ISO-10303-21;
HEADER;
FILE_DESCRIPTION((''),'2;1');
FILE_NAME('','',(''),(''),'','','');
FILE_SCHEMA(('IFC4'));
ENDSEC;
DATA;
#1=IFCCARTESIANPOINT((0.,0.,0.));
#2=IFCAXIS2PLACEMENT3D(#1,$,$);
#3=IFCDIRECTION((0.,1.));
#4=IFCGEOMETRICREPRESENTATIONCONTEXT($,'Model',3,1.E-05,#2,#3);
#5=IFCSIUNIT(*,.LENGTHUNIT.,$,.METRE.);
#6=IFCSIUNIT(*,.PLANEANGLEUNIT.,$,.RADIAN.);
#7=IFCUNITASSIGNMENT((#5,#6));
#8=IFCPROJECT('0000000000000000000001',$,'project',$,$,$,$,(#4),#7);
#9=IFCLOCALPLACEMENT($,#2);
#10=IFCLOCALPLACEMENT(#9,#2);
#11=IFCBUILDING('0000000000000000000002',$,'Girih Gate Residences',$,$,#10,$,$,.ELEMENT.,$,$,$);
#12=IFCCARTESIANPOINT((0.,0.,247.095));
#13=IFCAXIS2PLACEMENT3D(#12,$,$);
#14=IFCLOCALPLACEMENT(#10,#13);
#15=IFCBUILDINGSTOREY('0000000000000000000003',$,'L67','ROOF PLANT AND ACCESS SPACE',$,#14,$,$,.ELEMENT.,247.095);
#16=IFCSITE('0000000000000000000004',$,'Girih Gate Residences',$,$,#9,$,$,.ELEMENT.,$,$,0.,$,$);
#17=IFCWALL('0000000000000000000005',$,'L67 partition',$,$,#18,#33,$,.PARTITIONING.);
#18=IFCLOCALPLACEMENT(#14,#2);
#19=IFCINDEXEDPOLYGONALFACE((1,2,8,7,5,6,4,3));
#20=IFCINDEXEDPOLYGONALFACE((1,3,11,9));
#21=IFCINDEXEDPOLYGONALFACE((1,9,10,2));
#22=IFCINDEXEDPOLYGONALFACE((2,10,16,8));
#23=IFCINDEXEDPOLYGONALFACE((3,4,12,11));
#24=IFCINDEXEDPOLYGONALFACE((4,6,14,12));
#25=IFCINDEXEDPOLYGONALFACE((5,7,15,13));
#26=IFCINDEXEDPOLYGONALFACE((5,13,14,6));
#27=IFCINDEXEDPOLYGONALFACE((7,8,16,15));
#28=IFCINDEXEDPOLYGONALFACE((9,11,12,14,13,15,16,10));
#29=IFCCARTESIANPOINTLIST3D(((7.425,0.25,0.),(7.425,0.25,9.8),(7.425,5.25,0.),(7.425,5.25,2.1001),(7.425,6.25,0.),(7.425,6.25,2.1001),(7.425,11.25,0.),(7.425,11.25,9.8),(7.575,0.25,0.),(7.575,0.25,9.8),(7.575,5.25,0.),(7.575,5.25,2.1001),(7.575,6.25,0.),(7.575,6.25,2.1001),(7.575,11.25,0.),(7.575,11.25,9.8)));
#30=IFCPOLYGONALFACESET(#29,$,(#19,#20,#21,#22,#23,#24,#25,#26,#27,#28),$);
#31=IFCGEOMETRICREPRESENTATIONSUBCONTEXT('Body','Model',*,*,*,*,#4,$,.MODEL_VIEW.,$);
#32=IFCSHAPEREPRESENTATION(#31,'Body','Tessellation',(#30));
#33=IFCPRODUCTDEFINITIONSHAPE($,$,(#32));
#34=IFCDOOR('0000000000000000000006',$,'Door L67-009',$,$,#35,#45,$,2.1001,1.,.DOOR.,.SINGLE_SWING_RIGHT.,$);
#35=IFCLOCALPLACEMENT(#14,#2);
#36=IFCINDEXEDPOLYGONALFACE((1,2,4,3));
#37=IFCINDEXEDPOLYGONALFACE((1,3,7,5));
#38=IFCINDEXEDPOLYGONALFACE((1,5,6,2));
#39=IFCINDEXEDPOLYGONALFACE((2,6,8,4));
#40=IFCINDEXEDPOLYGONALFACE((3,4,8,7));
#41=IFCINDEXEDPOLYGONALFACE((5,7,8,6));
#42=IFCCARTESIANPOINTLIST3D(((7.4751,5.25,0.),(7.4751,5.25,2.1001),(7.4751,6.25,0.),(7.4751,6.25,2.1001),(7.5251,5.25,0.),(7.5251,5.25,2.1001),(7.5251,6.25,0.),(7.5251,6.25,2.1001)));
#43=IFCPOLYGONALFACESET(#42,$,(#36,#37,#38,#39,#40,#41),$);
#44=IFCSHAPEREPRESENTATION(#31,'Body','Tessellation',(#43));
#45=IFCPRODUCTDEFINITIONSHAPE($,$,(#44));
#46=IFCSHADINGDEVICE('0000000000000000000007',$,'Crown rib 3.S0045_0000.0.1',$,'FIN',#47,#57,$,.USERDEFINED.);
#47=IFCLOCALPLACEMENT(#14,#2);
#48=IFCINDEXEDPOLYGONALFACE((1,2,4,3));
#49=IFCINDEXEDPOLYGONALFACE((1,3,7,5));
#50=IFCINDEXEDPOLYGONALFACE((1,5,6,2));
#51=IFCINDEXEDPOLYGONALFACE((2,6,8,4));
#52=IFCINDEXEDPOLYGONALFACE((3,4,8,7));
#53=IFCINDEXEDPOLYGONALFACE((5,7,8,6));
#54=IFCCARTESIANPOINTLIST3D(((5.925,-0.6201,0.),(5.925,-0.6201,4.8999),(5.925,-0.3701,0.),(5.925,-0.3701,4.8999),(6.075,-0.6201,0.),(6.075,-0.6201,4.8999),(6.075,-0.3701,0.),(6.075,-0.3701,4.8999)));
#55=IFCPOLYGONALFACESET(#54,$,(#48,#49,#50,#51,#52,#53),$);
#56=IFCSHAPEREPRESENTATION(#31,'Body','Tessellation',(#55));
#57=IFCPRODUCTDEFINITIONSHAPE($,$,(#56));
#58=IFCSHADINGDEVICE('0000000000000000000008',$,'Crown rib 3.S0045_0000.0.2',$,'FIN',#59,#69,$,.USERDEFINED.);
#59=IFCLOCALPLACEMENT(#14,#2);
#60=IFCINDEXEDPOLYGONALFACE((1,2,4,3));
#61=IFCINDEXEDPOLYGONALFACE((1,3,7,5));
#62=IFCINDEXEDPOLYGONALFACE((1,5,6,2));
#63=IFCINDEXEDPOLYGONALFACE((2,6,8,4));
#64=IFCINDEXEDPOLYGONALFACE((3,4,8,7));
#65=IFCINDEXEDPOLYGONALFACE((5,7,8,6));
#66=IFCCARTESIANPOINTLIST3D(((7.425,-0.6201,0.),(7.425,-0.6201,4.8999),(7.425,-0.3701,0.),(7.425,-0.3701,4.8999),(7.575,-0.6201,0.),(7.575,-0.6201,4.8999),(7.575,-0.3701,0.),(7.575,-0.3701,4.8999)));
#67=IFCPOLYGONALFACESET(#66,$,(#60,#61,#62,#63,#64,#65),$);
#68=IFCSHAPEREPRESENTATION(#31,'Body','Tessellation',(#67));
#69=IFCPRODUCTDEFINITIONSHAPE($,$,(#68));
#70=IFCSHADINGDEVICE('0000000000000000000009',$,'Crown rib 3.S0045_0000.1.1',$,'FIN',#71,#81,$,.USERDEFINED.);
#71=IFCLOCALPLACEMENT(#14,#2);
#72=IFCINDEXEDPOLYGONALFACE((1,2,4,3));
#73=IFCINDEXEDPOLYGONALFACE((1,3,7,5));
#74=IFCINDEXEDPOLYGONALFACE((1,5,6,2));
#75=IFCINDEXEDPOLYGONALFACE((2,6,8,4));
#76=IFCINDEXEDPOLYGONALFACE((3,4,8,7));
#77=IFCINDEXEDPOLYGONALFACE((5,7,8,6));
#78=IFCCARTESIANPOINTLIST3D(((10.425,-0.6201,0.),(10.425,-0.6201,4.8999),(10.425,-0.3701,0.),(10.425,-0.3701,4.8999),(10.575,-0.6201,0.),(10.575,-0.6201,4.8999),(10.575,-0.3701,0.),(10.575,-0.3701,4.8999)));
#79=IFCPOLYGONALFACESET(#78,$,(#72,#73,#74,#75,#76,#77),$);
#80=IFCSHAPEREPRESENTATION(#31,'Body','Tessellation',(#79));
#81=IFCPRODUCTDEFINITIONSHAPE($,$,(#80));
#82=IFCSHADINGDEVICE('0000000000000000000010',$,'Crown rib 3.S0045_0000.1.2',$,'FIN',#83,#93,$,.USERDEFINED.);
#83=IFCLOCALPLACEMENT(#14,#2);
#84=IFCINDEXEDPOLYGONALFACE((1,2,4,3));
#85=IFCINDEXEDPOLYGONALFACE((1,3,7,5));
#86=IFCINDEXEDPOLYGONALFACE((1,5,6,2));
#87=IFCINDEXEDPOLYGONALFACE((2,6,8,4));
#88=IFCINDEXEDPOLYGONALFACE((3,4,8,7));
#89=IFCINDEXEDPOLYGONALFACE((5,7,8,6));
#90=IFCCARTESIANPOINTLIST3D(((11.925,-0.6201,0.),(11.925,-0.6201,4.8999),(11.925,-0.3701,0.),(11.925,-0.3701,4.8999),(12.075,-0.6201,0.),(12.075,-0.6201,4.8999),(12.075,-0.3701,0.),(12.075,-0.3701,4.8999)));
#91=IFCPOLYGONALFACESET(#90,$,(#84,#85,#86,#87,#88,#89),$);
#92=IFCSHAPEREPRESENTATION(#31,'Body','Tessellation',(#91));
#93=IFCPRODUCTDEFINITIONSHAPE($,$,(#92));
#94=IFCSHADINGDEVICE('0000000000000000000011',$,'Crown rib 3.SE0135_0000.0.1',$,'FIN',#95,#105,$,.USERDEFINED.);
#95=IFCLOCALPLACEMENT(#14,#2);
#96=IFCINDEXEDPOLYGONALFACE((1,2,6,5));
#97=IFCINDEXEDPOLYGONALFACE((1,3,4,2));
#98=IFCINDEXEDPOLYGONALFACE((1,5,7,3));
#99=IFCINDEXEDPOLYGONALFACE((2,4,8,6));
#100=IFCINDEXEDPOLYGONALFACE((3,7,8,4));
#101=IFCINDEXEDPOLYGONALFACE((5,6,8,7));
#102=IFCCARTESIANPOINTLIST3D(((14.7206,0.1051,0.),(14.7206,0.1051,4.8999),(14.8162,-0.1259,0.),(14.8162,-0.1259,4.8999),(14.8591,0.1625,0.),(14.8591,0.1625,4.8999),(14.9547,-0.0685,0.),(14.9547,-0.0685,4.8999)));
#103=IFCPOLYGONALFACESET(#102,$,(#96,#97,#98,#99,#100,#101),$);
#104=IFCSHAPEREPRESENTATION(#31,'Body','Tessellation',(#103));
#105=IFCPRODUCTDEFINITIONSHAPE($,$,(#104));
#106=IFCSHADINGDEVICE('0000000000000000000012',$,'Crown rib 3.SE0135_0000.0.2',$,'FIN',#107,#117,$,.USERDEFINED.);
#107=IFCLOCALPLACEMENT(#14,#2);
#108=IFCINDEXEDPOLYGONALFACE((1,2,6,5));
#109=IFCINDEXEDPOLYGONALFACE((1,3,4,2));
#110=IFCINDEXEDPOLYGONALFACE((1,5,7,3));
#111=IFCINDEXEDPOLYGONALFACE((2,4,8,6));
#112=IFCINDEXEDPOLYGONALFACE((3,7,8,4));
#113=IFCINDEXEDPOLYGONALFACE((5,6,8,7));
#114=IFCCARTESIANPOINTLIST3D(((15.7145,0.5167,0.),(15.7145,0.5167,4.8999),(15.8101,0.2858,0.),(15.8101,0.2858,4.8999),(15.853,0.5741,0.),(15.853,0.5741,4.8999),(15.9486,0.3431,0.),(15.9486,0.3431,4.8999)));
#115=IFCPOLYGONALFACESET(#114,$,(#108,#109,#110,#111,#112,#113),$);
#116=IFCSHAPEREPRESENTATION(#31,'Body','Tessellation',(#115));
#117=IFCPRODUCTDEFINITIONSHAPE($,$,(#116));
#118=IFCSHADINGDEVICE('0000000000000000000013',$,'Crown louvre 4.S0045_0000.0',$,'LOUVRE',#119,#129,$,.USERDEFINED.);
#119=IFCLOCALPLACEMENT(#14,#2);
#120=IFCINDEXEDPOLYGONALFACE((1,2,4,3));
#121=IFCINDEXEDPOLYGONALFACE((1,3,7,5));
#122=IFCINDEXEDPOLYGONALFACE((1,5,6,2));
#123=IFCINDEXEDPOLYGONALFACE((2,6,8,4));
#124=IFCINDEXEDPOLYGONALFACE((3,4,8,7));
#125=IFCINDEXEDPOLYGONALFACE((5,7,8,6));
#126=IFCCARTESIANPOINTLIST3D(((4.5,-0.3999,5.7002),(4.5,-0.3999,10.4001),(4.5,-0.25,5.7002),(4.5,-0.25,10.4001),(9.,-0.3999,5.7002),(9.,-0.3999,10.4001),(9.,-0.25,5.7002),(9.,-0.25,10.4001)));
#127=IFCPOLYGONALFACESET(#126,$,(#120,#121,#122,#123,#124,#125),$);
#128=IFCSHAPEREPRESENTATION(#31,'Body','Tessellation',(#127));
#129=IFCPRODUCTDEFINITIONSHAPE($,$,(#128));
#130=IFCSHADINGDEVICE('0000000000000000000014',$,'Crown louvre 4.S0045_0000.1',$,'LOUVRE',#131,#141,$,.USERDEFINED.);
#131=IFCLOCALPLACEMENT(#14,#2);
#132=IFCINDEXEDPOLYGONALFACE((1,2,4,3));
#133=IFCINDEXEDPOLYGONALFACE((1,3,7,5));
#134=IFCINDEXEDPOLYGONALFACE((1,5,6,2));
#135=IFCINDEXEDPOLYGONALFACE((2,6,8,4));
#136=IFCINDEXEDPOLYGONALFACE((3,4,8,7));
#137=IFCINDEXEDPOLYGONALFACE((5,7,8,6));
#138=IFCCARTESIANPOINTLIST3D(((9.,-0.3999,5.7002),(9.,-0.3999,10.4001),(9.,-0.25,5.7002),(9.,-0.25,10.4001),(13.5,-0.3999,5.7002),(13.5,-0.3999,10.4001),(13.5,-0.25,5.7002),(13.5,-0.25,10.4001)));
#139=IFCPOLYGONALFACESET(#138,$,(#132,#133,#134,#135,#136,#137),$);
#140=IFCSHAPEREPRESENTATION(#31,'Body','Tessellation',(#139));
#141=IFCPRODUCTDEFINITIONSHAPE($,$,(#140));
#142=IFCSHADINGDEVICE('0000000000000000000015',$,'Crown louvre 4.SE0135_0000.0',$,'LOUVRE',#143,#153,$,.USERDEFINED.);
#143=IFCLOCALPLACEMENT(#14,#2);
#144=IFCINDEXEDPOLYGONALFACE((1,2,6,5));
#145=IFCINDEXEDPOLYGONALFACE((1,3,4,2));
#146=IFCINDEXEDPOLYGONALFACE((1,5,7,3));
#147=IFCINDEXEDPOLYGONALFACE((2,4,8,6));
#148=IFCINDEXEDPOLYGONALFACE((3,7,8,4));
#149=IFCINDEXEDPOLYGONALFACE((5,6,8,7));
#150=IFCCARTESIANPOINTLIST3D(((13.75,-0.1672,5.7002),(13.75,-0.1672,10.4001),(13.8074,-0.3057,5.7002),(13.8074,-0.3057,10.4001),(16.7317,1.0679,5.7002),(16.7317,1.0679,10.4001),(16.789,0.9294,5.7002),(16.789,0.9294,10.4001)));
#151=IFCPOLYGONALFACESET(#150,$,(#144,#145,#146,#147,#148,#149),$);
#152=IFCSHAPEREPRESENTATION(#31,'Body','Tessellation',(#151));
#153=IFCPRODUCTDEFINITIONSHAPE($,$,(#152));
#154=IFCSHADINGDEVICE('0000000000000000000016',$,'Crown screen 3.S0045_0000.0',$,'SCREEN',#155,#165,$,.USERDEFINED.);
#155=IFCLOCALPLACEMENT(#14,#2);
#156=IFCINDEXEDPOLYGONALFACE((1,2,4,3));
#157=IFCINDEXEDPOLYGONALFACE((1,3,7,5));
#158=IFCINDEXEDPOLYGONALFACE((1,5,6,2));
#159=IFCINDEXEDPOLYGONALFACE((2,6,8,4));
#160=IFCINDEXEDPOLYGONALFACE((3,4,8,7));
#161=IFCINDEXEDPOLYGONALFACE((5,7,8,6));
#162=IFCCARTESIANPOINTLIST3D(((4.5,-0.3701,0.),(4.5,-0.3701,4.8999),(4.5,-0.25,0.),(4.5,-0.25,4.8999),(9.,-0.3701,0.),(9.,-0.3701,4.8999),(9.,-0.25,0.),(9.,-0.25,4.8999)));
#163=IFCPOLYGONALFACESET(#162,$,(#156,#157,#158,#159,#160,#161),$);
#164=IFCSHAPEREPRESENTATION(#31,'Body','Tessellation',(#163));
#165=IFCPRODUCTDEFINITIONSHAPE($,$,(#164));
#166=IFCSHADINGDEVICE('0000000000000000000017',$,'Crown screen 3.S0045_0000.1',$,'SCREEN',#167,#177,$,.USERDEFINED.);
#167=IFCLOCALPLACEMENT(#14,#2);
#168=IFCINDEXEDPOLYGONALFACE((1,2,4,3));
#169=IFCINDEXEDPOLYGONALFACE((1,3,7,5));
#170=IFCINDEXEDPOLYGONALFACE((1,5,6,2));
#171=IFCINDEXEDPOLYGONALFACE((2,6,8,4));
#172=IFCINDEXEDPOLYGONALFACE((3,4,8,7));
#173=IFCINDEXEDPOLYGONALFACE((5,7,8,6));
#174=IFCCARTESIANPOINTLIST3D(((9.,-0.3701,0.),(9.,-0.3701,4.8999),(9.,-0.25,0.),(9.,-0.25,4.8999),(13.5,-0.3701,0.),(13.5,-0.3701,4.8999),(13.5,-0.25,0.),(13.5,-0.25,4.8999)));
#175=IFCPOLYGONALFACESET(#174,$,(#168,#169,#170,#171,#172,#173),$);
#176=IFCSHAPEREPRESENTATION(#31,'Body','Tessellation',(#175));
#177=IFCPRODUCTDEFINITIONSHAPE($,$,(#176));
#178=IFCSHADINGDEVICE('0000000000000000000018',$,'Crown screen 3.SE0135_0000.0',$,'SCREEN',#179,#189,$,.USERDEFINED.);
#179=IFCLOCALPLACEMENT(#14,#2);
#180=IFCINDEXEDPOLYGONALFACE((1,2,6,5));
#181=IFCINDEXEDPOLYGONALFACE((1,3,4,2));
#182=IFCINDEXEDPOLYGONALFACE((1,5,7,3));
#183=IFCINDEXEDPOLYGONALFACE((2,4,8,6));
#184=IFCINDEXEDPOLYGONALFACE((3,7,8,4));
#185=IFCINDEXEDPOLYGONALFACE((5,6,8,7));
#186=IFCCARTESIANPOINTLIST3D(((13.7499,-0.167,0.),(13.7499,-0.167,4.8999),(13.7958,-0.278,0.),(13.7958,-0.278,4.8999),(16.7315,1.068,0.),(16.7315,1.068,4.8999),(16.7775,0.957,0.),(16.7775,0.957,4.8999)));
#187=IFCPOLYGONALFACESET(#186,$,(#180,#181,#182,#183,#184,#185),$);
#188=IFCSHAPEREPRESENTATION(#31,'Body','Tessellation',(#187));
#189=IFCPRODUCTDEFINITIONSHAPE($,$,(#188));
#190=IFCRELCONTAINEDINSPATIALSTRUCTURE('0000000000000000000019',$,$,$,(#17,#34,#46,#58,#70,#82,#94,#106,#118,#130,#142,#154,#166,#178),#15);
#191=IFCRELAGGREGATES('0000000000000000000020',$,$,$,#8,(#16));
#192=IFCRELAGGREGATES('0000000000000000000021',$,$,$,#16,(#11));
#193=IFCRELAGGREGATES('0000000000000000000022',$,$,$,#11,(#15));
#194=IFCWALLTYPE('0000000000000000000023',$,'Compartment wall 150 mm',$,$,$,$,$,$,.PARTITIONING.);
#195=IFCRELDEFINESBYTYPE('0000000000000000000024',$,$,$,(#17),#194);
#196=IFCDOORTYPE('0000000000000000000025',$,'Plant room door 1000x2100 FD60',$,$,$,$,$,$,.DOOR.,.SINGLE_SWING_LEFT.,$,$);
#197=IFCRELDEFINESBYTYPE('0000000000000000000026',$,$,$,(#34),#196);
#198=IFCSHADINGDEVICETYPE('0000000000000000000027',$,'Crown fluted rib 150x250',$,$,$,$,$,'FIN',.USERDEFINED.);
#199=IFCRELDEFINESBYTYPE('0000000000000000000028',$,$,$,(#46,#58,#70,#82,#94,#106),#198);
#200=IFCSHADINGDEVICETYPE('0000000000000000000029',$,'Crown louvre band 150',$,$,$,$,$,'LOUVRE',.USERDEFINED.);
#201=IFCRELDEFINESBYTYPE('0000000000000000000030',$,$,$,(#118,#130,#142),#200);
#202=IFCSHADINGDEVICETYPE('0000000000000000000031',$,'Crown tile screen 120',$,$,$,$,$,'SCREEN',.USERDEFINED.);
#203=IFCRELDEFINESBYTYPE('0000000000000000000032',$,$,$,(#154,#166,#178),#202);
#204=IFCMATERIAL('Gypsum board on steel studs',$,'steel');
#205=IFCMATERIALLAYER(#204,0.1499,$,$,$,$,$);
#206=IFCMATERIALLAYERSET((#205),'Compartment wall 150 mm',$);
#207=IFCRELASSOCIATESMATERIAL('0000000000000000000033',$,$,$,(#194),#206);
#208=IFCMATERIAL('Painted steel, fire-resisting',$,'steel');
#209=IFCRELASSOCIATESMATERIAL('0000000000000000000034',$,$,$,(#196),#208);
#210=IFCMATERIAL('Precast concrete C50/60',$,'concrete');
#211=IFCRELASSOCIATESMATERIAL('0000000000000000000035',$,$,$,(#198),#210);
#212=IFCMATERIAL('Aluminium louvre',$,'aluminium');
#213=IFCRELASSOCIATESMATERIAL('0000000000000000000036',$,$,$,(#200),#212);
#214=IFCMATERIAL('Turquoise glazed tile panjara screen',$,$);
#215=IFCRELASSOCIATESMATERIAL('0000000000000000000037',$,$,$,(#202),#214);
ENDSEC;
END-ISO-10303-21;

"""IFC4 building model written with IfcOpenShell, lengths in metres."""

from ifc_helpers import new_model, si_unit, direction, frame, frame_2d, origin, origin_2d, place, context, subcontext, project, spatial, rectangle, extrude, material, layer, layer_set, type_object, element, fill, save


model = new_model("IFC4")

# Units and contexts
model_context = context("Model", 3, precision=1e-05, world=origin(), true_north=direction((0.0, 1.0)))
body_context = subcontext(model_context, "Body", "Model", "MODEL_VIEW")
ifc_project = project(units=[si_unit("LENGTHUNIT", "METRE"), si_unit("PLANEANGLEUNIT", "RADIAN")], contexts=[model_context])

# Site, building, storey
site_placement = place(None, origin())
site = spatial("IfcSite", under=ifc_project, at=site_placement, Name="Girih Gate Residences", CompositionType="ELEMENT", RefElevation=0.0)
building_placement = place(site_placement, origin())
building = spatial("IfcBuilding", under=site, at=building_placement, Name="Girih Gate Residences", CompositionType="ELEMENT")
storey_placement = place(building_placement, frame((0.0, 0.0, 247.095)))
storey = spatial("IfcBuildingStorey", under=building, at=storey_placement, Name="L67", Description="ROOF PLANT AND ACCESS SPACE", CompositionType="ELEMENT", Elevation=247.095)

# Wall, opening, door
ifc_material_1 = material(Name="Gypsum board on steel studs", Category="steel")
ifc_layer = layer(ifc_material_1, 0.1499)
ifc_layer_set = layer_set([ifc_layer], Name="Compartment wall 150 mm")
wall_type = type_object("IfcWallType", Name="Compartment wall 150 mm", PredefinedType="PARTITIONING", material=ifc_layer_set)
wall_placement = place(storey_placement, frame((7.5, 0.25, 0.0), z_axis=(0.0, 0.0, 1.0), x_axis=(0.0, 1.0, 0.0)))
wall = element("IfcWall", 1, at=wall_placement, inside=storey, type_object=wall_type, Name="L67 partition", PredefinedType="PARTITIONING", context=body_context, shape_type="SweptSolid", body=[
    extrude(rectangle(XDim=11.0, YDim=0.1499, at=frame_2d((5.5, 0.0))), origin(), (0.0, 0.0, 1.0), 9.8),
])
opening_placement = place(wall_placement, frame((5.0, 0.0, 0.0)))
opening = element("IfcOpeningElement", 2, at=opening_placement, cuts=wall, PredefinedType="OPENING", context=body_context, shape_type="SweptSolid", body=[
    extrude(rectangle(XDim=1.0, YDim=2.1001, at=frame_2d((0.5, 1.05))), frame((0.0, 0.085, 0.0), z_axis=(0.0, -1.0, 0.0), x_axis=(1.0, 0.0, 0.0)), (0.0, 0.0, 1.0), 0.1699),
])
ifc_material_2 = material(Name="Painted steel, fire-resisting", Category="steel")
door_type = type_object("IfcDoorType", Name="Plant room door 1000x2100 FD60", OperationType="SINGLE_SWING_LEFT", PredefinedType="DOOR", material=ifc_material_2)
door_placement = place(opening_placement, origin())
door = element("IfcDoor", 3, at=door_placement, inside=storey, type_object=door_type, Name="Door L67-009", OperationType="SINGLE_SWING_RIGHT", OverallHeight=2.1001, OverallWidth=1.0, PredefinedType="DOOR", context=body_context, shape_type="SweptSolid", body=[
    extrude(rectangle(XDim=1.0, YDim=2.1001, at=frame_2d((0.5, 1.05))), frame((0.0, 0.0249, 0.0), z_axis=(0.0, -1.0, 0.0), x_axis=(1.0, 0.0, 0.0)), (0.0, 0.0, 1.0), 0.05),
])
fill(opening, door)

# Shading devices
ifc_material_3 = material(Name="Precast concrete C50/60", Category="concrete")
shading_device_type_1 = type_object("IfcShadingDeviceType", Name="Crown fluted rib 150x250", ElementType="FIN", PredefinedType="USERDEFINED", material=ifc_material_3)
for number, where, z_axis, x_axis, name in (
    (4, (6.0, -0.4951, 0.0), (0.0, 0.0, 1.0), (1.0, 0.0, 0.0), "Crown rib 3.S0045_0000.0.1"),
    (5, (7.5, -0.4951, 0.0), (0.0, 0.0, 1.0), (1.0, 0.0, 0.0), "Crown rib 3.S0045_0000.0.2"),
    (6, (10.5, -0.4951, 0.0), (0.0, 0.0, 1.0), (1.0, 0.0, 0.0), "Crown rib 3.S0045_0000.1.1"),
    (7, (12.0, -0.4951, 0.0), (0.0, 0.0, 1.0), (1.0, 0.0, 0.0), "Crown rib 3.S0045_0000.1.2"),
    (8, (14.8376, 0.0183, 0.0), (0.0, 0.0, 1.0), (0.92388, 0.382683, 0.0), "Crown rib 3.SE0135_0000.0.1"),
    (9, (15.8315, 0.4299, 0.0), (0.0, 0.0, 1.0), (0.92388, 0.382683, 0.0), "Crown rib 3.SE0135_0000.0.2"),
):
    element("IfcShadingDevice", number, at=place(storey_placement, frame(where, z_axis=z_axis, x_axis=x_axis)), inside=storey, type_object=shading_device_type_1, Name=name, ObjectType="FIN", PredefinedType="USERDEFINED", context=body_context, shape_type="SweptSolid", body=[
        extrude(rectangle(XDim=0.1499, YDim=0.25, at=origin_2d()), origin(), (0.0, 0.0, 1.0), 4.8999),
    ])
ifc_material_4 = material(Name="Aluminium louvre", Category="aluminium")
shading_device_type_2 = type_object("IfcShadingDeviceType", Name="Crown louvre band 150", ElementType="LOUVRE", PredefinedType="USERDEFINED", material=ifc_material_4)
for number, where, z_axis, x_axis, name in (
    (10, (6.75, -0.325, 5.7002), (0.0, 0.0, 1.0), (1.0, 0.0, 0.0), "Crown louvre 4.S0045_0000.0"),
    (11, (11.25, -0.325, 5.7002), (0.0, 0.0, 1.0), (1.0, 0.0, 0.0), "Crown louvre 4.S0045_0000.1"),
):
    element("IfcShadingDevice", number, at=place(storey_placement, frame(where, z_axis=z_axis, x_axis=x_axis)), inside=storey, type_object=shading_device_type_2, Name=name, ObjectType="LOUVRE", PredefinedType="USERDEFINED", context=body_context, shape_type="SweptSolid", body=[
        extrude(rectangle(XDim=4.5, YDim=0.1499, at=origin_2d()), origin(), (0.0, 0.0, 1.0), 4.7),
    ])
shading_device_1_placement = place(storey_placement, frame((15.2695, 0.3811, 5.7002), z_axis=(0.0, 0.0, 1.0), x_axis=(0.92388, 0.382683, 0.0)))
element("IfcShadingDevice", 12, at=shading_device_1_placement, inside=storey, type_object=shading_device_type_2, Name="Crown louvre 4.SE0135_0000.0", ObjectType="LOUVRE", PredefinedType="USERDEFINED", context=body_context, shape_type="SweptSolid", body=[
    extrude(rectangle(XDim=3.2273, YDim=0.1499, at=origin_2d()), origin(), (0.0, 0.0, 1.0), 4.7),
])
ifc_material_5 = material(Name="Turquoise glazed tile panjara screen")
shading_device_type_3 = type_object("IfcShadingDeviceType", Name="Crown tile screen 120", ElementType="SCREEN", PredefinedType="USERDEFINED", material=ifc_material_5)
for number, where, z_axis, x_axis, name in (
    (13, (6.75, -0.3101, 0.0), (0.0, 0.0, 1.0), (1.0, 0.0, 0.0), "Crown screen 3.S0045_0000.0"),
    (14, (11.25, -0.3101, 0.0), (0.0, 0.0, 1.0), (1.0, 0.0, 0.0), "Crown screen 3.S0045_0000.1"),
):
    element("IfcShadingDevice", number, at=place(storey_placement, frame(where, z_axis=z_axis, x_axis=x_axis)), inside=storey, type_object=shading_device_type_3, Name=name, ObjectType="SCREEN", PredefinedType="USERDEFINED", context=body_context, shape_type="SweptSolid", body=[
        extrude(rectangle(XDim=4.5, YDim=0.1201, at=origin_2d()), origin(), (0.0, 0.0, 1.0), 4.8999),
    ])
shading_device_2_placement = place(storey_placement, frame((15.2637, 0.395, 0.0), z_axis=(0.0, 0.0, 1.0), x_axis=(0.92388, 0.382683, 0.0)))
element("IfcShadingDevice", 15, at=shading_device_2_placement, inside=storey, type_object=shading_device_type_3, Name="Crown screen 3.SE0135_0000.0", ObjectType="SCREEN", PredefinedType="USERDEFINED", context=body_context, shape_type="SweptSolid", body=[
    extrude(rectangle(XDim=3.2273, YDim=0.1201, at=origin_2d()), origin(), (0.0, 0.0, 1.0), 4.8999),
])

save(model, "model.ifc")
